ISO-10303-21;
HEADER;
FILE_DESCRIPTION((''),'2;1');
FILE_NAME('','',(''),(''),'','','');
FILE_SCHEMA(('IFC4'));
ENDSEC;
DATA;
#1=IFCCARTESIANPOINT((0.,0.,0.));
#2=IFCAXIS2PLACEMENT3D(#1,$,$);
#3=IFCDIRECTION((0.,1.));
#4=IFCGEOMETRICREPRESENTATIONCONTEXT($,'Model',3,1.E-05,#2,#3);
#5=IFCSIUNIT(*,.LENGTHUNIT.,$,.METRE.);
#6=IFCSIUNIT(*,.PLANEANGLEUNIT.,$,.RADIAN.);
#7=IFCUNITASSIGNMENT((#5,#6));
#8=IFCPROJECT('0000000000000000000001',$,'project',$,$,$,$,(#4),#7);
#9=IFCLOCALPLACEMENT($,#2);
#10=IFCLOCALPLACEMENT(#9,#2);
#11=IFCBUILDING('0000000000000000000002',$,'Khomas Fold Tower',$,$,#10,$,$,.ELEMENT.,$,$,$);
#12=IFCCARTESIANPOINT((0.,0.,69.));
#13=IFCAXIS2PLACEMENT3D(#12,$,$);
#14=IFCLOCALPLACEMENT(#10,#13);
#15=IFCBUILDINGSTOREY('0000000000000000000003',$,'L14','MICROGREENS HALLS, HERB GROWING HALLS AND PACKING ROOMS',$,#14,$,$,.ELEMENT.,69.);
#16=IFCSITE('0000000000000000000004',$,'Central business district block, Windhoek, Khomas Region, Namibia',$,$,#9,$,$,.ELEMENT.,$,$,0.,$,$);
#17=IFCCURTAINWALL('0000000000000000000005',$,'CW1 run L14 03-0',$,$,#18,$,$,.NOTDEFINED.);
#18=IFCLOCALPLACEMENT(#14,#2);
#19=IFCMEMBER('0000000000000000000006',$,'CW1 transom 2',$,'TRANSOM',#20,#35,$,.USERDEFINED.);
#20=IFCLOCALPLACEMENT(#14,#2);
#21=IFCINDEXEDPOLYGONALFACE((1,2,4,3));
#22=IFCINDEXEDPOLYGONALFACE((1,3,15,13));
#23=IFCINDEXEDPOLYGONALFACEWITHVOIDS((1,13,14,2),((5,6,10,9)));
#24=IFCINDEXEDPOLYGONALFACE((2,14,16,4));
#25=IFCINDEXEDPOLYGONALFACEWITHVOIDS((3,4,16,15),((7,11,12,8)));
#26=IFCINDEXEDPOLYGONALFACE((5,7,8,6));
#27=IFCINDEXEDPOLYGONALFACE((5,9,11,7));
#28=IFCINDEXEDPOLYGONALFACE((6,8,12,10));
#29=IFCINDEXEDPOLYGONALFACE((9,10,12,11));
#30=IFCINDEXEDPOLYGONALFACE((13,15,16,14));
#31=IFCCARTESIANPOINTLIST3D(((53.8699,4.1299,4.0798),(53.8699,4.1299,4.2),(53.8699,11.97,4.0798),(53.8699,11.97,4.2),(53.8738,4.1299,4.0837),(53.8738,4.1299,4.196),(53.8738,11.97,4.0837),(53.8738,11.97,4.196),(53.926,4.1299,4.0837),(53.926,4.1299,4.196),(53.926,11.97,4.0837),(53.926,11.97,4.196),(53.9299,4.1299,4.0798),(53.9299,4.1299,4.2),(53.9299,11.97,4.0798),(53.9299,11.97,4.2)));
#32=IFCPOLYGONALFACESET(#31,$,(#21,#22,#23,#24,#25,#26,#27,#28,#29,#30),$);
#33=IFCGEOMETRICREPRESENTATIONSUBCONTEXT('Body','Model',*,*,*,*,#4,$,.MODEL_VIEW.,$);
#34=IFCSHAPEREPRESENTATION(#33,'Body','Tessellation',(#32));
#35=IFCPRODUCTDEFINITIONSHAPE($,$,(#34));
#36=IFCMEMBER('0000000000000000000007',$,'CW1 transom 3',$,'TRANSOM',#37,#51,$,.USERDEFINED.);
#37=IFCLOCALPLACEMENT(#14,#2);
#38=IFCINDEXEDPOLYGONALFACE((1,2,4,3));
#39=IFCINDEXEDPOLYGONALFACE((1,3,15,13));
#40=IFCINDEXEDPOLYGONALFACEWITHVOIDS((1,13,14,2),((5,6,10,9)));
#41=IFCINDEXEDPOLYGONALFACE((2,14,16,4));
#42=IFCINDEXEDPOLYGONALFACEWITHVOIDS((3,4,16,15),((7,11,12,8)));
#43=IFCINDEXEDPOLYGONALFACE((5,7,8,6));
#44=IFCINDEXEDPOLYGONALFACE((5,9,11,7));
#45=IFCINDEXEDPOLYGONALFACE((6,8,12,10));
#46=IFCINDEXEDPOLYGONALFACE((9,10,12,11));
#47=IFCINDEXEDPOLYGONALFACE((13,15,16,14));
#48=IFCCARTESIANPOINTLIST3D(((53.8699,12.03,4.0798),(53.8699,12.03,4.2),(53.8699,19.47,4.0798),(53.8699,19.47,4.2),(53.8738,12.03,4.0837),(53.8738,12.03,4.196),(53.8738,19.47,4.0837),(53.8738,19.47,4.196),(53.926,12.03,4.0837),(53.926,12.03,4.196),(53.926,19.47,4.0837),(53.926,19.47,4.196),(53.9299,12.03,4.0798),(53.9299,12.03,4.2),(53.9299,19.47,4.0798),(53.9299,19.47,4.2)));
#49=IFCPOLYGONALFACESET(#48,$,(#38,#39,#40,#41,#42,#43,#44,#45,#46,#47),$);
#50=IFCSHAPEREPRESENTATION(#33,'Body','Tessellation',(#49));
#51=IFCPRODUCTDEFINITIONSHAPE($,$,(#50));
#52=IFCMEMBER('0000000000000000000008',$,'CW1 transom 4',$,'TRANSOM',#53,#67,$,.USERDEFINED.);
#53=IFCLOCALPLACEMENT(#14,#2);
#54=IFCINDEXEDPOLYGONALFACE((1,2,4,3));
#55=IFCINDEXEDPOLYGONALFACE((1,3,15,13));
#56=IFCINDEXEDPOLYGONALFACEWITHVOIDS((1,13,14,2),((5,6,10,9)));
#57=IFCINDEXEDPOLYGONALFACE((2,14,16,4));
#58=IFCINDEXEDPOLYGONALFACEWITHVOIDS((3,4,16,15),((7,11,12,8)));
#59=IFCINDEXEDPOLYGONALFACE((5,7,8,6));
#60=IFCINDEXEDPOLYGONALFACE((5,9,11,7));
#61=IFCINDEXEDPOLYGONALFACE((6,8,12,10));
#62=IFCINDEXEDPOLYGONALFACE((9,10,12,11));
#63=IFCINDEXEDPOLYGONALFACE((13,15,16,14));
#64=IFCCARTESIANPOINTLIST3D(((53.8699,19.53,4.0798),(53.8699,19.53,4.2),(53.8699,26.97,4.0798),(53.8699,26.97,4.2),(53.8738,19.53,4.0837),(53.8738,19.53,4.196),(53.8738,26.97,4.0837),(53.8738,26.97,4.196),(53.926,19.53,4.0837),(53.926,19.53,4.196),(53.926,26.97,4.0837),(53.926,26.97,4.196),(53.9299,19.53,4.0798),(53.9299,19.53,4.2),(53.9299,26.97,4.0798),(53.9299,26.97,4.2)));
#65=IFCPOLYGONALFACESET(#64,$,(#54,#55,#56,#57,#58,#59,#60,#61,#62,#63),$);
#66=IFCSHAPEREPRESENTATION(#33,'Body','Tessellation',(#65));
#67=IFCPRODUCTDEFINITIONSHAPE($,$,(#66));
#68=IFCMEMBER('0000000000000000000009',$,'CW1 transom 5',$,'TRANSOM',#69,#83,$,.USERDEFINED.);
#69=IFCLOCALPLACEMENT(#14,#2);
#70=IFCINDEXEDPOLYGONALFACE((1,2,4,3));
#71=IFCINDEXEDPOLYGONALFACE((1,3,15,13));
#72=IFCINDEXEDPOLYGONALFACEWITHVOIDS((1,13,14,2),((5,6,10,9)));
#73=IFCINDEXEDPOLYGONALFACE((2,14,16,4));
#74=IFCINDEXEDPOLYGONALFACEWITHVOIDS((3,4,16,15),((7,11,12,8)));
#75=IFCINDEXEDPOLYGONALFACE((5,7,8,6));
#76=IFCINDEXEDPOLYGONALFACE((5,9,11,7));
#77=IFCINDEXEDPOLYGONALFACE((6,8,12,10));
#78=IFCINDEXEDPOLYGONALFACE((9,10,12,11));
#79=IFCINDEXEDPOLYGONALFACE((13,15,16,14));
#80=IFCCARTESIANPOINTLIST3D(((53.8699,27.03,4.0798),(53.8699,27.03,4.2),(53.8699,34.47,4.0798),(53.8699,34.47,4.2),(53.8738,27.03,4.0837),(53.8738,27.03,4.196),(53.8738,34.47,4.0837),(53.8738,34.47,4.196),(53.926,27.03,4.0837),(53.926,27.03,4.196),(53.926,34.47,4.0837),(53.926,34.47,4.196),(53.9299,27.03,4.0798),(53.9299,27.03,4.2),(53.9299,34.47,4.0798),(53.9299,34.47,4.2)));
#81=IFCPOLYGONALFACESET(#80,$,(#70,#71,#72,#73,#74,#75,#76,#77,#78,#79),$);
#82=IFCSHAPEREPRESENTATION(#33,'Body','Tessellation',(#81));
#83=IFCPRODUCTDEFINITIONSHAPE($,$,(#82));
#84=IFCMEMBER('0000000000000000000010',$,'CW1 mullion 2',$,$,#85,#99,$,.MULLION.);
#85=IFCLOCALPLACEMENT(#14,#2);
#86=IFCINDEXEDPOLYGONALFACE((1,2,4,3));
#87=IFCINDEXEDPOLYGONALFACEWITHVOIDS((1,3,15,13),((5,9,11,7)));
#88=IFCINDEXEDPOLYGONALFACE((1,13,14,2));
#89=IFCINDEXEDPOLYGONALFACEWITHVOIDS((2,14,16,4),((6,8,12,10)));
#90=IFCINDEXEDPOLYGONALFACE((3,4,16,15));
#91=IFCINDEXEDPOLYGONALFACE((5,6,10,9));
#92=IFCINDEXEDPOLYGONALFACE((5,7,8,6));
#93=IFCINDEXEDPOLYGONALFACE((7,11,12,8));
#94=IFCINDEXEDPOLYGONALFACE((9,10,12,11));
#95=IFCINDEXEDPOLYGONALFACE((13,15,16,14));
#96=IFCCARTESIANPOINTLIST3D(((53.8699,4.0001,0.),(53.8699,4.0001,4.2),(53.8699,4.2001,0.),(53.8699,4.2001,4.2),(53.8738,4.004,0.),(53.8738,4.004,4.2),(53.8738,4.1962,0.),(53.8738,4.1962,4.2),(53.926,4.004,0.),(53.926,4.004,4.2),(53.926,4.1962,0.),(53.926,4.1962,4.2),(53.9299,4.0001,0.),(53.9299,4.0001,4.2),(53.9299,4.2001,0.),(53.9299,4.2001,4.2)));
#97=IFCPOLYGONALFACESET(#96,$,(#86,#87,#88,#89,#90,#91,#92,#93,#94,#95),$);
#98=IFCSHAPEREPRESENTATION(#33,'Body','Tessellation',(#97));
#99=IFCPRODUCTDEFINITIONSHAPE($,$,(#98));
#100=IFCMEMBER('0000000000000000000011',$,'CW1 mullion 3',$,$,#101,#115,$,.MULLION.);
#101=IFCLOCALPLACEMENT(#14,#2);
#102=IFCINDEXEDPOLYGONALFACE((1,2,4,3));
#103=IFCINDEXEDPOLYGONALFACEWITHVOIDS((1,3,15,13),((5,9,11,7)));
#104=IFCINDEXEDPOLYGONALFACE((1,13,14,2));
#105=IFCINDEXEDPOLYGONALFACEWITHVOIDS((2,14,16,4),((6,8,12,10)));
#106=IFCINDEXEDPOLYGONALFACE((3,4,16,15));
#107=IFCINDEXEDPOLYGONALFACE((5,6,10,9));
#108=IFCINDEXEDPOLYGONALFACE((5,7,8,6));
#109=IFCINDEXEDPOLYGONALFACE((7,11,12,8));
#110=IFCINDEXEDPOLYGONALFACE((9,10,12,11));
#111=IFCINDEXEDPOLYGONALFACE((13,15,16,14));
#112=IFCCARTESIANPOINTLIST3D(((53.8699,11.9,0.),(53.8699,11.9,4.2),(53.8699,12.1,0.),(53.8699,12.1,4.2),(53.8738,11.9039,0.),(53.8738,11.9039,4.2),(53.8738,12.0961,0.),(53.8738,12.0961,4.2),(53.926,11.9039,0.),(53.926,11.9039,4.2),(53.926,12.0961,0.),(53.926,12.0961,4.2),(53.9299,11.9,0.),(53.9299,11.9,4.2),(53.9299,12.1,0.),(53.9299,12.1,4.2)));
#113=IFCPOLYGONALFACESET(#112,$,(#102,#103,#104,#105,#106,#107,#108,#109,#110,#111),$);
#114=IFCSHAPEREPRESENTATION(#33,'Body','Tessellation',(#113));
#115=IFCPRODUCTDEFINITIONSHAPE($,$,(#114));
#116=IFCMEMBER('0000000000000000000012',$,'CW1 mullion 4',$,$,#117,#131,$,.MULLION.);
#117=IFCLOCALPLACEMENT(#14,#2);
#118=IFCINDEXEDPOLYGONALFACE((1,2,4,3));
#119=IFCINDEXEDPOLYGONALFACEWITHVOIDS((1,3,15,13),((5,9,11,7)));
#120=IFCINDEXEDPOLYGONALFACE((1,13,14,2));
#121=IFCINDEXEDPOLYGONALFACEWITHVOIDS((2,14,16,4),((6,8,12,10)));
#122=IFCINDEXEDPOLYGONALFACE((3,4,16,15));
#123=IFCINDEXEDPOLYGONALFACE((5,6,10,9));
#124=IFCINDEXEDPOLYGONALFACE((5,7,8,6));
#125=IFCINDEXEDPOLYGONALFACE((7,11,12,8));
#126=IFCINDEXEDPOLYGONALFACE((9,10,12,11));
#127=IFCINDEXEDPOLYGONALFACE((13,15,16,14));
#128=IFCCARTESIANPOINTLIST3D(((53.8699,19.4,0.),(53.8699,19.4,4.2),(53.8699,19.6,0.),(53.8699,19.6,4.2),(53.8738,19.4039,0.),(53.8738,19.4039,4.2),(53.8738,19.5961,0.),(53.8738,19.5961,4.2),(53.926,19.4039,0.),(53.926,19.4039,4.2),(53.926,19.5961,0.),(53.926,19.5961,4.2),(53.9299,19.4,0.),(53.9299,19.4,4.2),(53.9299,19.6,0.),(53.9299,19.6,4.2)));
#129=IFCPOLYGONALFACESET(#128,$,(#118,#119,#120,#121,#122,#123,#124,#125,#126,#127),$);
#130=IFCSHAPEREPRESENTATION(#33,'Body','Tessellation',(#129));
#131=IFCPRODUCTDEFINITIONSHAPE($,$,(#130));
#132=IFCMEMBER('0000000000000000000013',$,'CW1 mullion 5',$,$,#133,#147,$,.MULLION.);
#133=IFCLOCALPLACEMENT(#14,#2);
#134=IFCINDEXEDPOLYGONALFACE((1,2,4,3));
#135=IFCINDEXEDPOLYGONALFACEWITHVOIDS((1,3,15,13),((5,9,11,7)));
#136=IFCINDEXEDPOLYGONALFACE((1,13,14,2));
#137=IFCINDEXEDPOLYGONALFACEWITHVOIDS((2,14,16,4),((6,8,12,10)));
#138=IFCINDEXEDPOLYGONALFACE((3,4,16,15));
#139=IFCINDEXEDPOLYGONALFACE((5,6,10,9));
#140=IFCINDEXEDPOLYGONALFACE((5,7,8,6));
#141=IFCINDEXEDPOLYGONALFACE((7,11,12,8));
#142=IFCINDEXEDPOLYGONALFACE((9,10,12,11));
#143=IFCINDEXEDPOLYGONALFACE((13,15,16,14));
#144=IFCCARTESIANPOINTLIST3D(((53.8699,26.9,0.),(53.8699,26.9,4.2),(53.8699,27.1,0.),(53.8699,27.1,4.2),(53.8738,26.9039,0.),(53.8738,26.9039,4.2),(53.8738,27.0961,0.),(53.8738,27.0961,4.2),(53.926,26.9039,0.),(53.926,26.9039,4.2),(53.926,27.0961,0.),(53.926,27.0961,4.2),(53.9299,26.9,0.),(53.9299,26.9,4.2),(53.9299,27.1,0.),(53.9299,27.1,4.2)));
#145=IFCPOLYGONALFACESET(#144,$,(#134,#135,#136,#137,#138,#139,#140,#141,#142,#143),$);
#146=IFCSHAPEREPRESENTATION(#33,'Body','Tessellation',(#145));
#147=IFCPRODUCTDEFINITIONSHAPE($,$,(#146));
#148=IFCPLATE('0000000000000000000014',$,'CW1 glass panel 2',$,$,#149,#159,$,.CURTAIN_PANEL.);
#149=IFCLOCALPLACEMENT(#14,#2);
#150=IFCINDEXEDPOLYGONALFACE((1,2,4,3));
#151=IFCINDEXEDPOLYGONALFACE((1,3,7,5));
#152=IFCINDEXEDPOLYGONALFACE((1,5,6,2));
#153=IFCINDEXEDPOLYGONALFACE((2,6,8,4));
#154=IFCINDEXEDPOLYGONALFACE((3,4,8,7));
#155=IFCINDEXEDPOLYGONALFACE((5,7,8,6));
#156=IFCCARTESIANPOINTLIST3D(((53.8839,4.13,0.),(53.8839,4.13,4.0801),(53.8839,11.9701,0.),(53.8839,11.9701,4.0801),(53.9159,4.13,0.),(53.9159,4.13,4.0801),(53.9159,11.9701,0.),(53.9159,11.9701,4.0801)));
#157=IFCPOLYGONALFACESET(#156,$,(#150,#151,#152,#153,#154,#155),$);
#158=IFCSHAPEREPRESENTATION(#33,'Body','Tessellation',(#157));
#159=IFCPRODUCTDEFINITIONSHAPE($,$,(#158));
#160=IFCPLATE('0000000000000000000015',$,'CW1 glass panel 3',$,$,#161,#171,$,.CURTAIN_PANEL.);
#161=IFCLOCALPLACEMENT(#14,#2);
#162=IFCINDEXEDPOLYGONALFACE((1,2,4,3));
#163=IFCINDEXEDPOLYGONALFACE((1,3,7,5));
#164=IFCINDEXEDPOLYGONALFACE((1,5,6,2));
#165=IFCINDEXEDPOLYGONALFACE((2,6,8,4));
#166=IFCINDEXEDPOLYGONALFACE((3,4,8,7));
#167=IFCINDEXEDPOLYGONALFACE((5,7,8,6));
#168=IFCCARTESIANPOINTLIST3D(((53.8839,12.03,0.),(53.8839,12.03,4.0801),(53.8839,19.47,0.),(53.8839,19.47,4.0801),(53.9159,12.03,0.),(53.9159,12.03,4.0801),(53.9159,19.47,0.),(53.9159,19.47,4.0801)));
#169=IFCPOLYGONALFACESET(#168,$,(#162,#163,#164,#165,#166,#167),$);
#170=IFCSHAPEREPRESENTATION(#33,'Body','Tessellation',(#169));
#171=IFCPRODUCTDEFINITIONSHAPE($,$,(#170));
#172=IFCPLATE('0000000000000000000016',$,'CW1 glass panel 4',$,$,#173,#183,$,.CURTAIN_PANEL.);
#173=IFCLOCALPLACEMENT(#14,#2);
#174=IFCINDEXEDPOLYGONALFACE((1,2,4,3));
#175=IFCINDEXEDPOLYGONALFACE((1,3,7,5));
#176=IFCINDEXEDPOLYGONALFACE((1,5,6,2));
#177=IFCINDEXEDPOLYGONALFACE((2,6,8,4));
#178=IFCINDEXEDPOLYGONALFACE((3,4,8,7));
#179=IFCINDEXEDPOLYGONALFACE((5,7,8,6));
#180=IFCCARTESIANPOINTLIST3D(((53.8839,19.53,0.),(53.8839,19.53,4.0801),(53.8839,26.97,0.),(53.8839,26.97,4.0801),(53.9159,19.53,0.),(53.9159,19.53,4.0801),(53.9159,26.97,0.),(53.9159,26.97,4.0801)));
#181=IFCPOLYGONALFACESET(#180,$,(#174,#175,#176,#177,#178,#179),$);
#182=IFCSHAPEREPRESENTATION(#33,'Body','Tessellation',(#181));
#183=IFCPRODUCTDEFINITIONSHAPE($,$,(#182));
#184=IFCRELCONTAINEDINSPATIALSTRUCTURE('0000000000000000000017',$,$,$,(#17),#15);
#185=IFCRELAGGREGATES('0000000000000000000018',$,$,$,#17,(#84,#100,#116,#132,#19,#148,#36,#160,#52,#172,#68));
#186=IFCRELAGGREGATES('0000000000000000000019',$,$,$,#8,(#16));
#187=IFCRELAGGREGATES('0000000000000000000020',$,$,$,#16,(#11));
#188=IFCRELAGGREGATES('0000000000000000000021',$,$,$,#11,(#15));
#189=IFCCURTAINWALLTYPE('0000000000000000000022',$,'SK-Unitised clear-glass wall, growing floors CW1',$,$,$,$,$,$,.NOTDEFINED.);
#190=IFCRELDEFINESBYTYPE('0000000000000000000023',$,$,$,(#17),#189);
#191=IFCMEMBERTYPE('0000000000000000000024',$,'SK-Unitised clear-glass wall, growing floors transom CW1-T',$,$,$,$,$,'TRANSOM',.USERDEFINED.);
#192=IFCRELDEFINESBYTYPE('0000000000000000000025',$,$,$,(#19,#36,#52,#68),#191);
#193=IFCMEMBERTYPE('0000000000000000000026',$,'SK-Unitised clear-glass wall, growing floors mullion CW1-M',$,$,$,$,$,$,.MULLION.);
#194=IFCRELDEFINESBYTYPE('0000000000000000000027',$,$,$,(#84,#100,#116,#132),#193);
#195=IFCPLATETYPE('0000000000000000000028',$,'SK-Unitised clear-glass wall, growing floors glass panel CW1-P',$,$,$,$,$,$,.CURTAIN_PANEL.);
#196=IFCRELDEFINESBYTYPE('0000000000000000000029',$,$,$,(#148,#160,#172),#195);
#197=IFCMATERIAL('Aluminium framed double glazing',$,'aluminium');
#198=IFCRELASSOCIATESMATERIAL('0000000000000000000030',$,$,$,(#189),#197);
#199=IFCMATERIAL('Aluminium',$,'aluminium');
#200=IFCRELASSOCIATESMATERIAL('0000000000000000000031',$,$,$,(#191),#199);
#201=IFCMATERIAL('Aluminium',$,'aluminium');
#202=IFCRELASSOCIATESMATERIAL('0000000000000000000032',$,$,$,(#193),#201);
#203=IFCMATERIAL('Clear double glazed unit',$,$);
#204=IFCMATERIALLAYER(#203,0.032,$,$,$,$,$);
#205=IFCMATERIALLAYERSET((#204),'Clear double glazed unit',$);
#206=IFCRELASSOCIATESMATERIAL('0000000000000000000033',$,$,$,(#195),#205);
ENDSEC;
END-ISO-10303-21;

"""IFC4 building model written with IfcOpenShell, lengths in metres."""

from ifc_helpers import new_model, si_unit, direction, frame, origin, origin_2d, place, context, subcontext, project, spatial, rectangle, hollow_rectangle, extrude, source, transform, mapped, material, layer, layer_set, material_profile, profile_set, type_object, element, aggregate, save


model = new_model("IFC4")

# Units and contexts
model_context = context("Model", 3, precision=1e-05, world=origin(), true_north=direction((0.0, 1.0)))
body_context = subcontext(model_context, "Body", "Model", "MODEL_VIEW")
ifc_project = project(units=[si_unit("LENGTHUNIT", "METRE"), si_unit("PLANEANGLEUNIT", "RADIAN")], contexts=[model_context])

# Site, building, storey
site_placement = place(None, origin())
site = spatial("IfcSite", under=ifc_project, at=site_placement, Name="Central business district block, Windhoek, Khomas Region, Namibia", CompositionType="ELEMENT", RefElevation=0.0)
building_placement = place(site_placement, origin())
building = spatial("IfcBuilding", under=site, at=building_placement, Name="Khomas Fold Tower", CompositionType="ELEMENT")
storey_placement = place(building_placement, frame((0.0, 0.0, 69.0)))
storey = spatial("IfcBuildingStorey", under=building, at=storey_placement, Name="L14", Description="MICROGREENS HALLS, HERB GROWING HALLS AND PACKING ROOMS", CompositionType="ELEMENT", Elevation=69.0)

# Curtain wall, members, plates
ifc_material_1 = material(Name="Aluminium framed double glazing", Category="aluminium")
curtain_wall_type = type_object("IfcCurtainWallType", Name="SK-Unitised clear-glass wall, growing floors CW1", PredefinedType="NOTDEFINED", material=ifc_material_1)
curtain_wall_placement = place(storey_placement, origin())
curtain_wall = element("IfcCurtainWall", 1, at=curtain_wall_placement, inside=storey, type_object=curtain_wall_type, Name="CW1 run L14 03-0", PredefinedType="NOTDEFINED")
ifc_material_2 = material(Name="Aluminium", Category="aluminium")
ifc_material_profile_1 = material_profile(ifc_material_2, hollow_rectangle(XDim=0.0601, YDim=0.1201, WallThickness=0.0039, at=origin_2d()), Name="SK-Unitised clear-glass wall, growing floors transom CW1-T")
ifc_profile_set_1 = profile_set([ifc_material_profile_1], Name="Aluminium")
member_type_1 = type_object("IfcMemberType", Name="SK-Unitised clear-glass wall, growing floors transom CW1-T", ElementType="TRANSOM", PredefinedType="USERDEFINED", material=ifc_profile_set_1)
shared_shape_1 = source(origin(), body_context, "Body", "SweptSolid", [
    extrude(hollow_rectangle(XDim=0.0601, YDim=0.1201, WallThickness=0.0039, at=origin_2d()), origin(), (0.0, 0.0, 1.0), 7.8401),
])
member_1_placement = place(storey_placement, frame((53.8999, 4.1299, 4.1399), z_axis=(0.0, 1.0, 0.0), x_axis=(-1.0, 0.0, 0.0)))
member_1 = element("IfcMember", 2, at=member_1_placement, type_object=member_type_1, Name="CW1 transom 2", ObjectType="TRANSOM", PredefinedType="USERDEFINED", context=body_context, shape_type="MappedRepresentation", body=[
    mapped(shared_shape_1, transform((0.0, 0.0, 0.0))),
])
shared_shape_2 = source(origin(), body_context, "Body", "SweptSolid", [
    extrude(hollow_rectangle(XDim=0.0601, YDim=0.1201, WallThickness=0.0039, at=origin_2d()), origin(), (0.0, 0.0, 1.0), 7.4399),
])
member_2_placement = place(storey_placement, frame((53.8999, 12.03, 4.1399), z_axis=(0.0, 1.0, 0.0), x_axis=(-1.0, 0.0, 0.0)))
member_2 = element("IfcMember", 3, at=member_2_placement, type_object=member_type_1, Name="CW1 transom 3", ObjectType="TRANSOM", PredefinedType="USERDEFINED", context=body_context, shape_type="MappedRepresentation", body=[
    mapped(shared_shape_2, transform((0.0, 0.0, 0.0))),
])
member_3_placement = place(storey_placement, frame((53.8999, 19.53, 4.1399), z_axis=(0.0, 1.0, 0.0), x_axis=(-1.0, 0.0, 0.0)))
member_3 = element("IfcMember", 4, at=member_3_placement, type_object=member_type_1, Name="CW1 transom 4", ObjectType="TRANSOM", PredefinedType="USERDEFINED", context=body_context, shape_type="MappedRepresentation", body=[
    mapped(shared_shape_2, transform((0.0, 0.0, 0.0))),
])
member_4_placement = place(storey_placement, frame((53.8999, 27.03, 4.1399), z_axis=(0.0, 1.0, 0.0), x_axis=(-1.0, 0.0, 0.0)))
member_4 = element("IfcMember", 5, at=member_4_placement, type_object=member_type_1, Name="CW1 transom 5", ObjectType="TRANSOM", PredefinedType="USERDEFINED", context=body_context, shape_type="MappedRepresentation", body=[
    mapped(shared_shape_2, transform((0.0, 0.0, 0.0))),
])
ifc_material_3 = material(Name="Aluminium", Category="aluminium")
ifc_material_profile_2 = material_profile(ifc_material_3, hollow_rectangle(XDim=0.0601, YDim=0.2, WallThickness=0.0039, at=origin_2d()), Name="SK-Unitised clear-glass wall, growing floors mullion CW1-M")
ifc_profile_set_2 = profile_set([ifc_material_profile_2], Name="Aluminium")
member_type_2 = type_object("IfcMemberType", Name="SK-Unitised clear-glass wall, growing floors mullion CW1-M", PredefinedType="MULLION", material=ifc_profile_set_2)
shared_shape_3 = source(origin(), body_context, "Body", "SweptSolid", [
    extrude(hollow_rectangle(XDim=0.0601, YDim=0.2, WallThickness=0.0039, at=origin_2d()), origin(), (0.0, 0.0, 1.0), 4.2),
])
member_5_placement = place(storey_placement, frame((53.8999, 4.1001, 0.0), z_axis=(0.0, 0.0, 1.0), x_axis=(-1.0, 0.0, 0.0)))
member_5 = element("IfcMember", 6, at=member_5_placement, type_object=member_type_2, Name="CW1 mullion 2", PredefinedType="MULLION", context=body_context, shape_type="MappedRepresentation", body=[
    mapped(shared_shape_3, transform((0.0, 0.0, 0.0))),
])
member_6_placement = place(storey_placement, frame((53.8999, 12.0, 0.0), z_axis=(0.0, 0.0, 1.0), x_axis=(-1.0, 0.0, 0.0)))
member_6 = element("IfcMember", 7, at=member_6_placement, type_object=member_type_2, Name="CW1 mullion 3", PredefinedType="MULLION", context=body_context, shape_type="MappedRepresentation", body=[
    mapped(shared_shape_3, transform((0.0, 0.0, 0.0))),
])
member_7_placement = place(storey_placement, frame((53.8999, 19.5, 0.0), z_axis=(0.0, 0.0, 1.0), x_axis=(-1.0, 0.0, 0.0)))
member_7 = element("IfcMember", 8, at=member_7_placement, type_object=member_type_2, Name="CW1 mullion 4", PredefinedType="MULLION", context=body_context, shape_type="MappedRepresentation", body=[
    mapped(shared_shape_3, transform((0.0, 0.0, 0.0))),
])
member_8_placement = place(storey_placement, frame((53.8999, 27.0, 0.0), z_axis=(0.0, 0.0, 1.0), x_axis=(-1.0, 0.0, 0.0)))
member_8 = element("IfcMember", 9, at=member_8_placement, type_object=member_type_2, Name="CW1 mullion 5", PredefinedType="MULLION", context=body_context, shape_type="MappedRepresentation", body=[
    mapped(shared_shape_3, transform((0.0, 0.0, 0.0))),
])
ifc_material_4 = material(Name="Clear double glazed unit")
ifc_layer_1 = layer(ifc_material_4, 0.032)
ifc_layer_set_1 = layer_set([ifc_layer_1], Name="Clear double glazed unit")
plate_type = type_object("IfcPlateType", Name="SK-Unitised clear-glass wall, growing floors glass panel CW1-P", PredefinedType="CURTAIN_PANEL", material=ifc_layer_set_1)
shared_shape_4 = source(origin(), body_context, "Body", "SweptSolid", [
    extrude(rectangle(XDim=7.8401, YDim=0.032, at=origin_2d()), origin(), (0.0, 0.0, 1.0), 4.0801),
])
plate_1_placement = place(storey_placement, frame((53.8999, 8.05, 0.0), z_axis=(0.0, 0.0, 1.0), x_axis=(0.0, 1.0, 0.0)))
plate_1 = element("IfcPlate", 10, at=plate_1_placement, type_object=plate_type, Name="CW1 glass panel 2", PredefinedType="CURTAIN_PANEL", context=body_context, shape_type="MappedRepresentation", body=[
    mapped(shared_shape_4, transform((0.0, 0.0, 0.0))),
])
shared_shape_5 = source(origin(), body_context, "Body", "SweptSolid", [
    extrude(rectangle(XDim=7.4399, YDim=0.032, at=origin_2d()), origin(), (0.0, 0.0, 1.0), 4.0801),
])
plate_2_placement = place(storey_placement, frame((53.8999, 15.75, 0.0), z_axis=(0.0, 0.0, 1.0), x_axis=(0.0, 1.0, 0.0)))
plate_2 = element("IfcPlate", 11, at=plate_2_placement, type_object=plate_type, Name="CW1 glass panel 3", PredefinedType="CURTAIN_PANEL", context=body_context, shape_type="MappedRepresentation", body=[
    mapped(shared_shape_5, transform((0.0, 0.0, 0.0))),
])
plate_3_placement = place(storey_placement, frame((53.8999, 23.25, 0.0), z_axis=(0.0, 0.0, 1.0), x_axis=(0.0, 1.0, 0.0)))
plate_3 = element("IfcPlate", 12, at=plate_3_placement, type_object=plate_type, Name="CW1 glass panel 4", PredefinedType="CURTAIN_PANEL", context=body_context, shape_type="MappedRepresentation", body=[
    mapped(shared_shape_5, transform((0.0, 0.0, 0.0))),
])
aggregate(curtain_wall, [member_5, member_6, member_7, member_8, member_1, plate_1, member_2, plate_2, member_3, plate_3, member_4])

save(model, "model.ifc")
